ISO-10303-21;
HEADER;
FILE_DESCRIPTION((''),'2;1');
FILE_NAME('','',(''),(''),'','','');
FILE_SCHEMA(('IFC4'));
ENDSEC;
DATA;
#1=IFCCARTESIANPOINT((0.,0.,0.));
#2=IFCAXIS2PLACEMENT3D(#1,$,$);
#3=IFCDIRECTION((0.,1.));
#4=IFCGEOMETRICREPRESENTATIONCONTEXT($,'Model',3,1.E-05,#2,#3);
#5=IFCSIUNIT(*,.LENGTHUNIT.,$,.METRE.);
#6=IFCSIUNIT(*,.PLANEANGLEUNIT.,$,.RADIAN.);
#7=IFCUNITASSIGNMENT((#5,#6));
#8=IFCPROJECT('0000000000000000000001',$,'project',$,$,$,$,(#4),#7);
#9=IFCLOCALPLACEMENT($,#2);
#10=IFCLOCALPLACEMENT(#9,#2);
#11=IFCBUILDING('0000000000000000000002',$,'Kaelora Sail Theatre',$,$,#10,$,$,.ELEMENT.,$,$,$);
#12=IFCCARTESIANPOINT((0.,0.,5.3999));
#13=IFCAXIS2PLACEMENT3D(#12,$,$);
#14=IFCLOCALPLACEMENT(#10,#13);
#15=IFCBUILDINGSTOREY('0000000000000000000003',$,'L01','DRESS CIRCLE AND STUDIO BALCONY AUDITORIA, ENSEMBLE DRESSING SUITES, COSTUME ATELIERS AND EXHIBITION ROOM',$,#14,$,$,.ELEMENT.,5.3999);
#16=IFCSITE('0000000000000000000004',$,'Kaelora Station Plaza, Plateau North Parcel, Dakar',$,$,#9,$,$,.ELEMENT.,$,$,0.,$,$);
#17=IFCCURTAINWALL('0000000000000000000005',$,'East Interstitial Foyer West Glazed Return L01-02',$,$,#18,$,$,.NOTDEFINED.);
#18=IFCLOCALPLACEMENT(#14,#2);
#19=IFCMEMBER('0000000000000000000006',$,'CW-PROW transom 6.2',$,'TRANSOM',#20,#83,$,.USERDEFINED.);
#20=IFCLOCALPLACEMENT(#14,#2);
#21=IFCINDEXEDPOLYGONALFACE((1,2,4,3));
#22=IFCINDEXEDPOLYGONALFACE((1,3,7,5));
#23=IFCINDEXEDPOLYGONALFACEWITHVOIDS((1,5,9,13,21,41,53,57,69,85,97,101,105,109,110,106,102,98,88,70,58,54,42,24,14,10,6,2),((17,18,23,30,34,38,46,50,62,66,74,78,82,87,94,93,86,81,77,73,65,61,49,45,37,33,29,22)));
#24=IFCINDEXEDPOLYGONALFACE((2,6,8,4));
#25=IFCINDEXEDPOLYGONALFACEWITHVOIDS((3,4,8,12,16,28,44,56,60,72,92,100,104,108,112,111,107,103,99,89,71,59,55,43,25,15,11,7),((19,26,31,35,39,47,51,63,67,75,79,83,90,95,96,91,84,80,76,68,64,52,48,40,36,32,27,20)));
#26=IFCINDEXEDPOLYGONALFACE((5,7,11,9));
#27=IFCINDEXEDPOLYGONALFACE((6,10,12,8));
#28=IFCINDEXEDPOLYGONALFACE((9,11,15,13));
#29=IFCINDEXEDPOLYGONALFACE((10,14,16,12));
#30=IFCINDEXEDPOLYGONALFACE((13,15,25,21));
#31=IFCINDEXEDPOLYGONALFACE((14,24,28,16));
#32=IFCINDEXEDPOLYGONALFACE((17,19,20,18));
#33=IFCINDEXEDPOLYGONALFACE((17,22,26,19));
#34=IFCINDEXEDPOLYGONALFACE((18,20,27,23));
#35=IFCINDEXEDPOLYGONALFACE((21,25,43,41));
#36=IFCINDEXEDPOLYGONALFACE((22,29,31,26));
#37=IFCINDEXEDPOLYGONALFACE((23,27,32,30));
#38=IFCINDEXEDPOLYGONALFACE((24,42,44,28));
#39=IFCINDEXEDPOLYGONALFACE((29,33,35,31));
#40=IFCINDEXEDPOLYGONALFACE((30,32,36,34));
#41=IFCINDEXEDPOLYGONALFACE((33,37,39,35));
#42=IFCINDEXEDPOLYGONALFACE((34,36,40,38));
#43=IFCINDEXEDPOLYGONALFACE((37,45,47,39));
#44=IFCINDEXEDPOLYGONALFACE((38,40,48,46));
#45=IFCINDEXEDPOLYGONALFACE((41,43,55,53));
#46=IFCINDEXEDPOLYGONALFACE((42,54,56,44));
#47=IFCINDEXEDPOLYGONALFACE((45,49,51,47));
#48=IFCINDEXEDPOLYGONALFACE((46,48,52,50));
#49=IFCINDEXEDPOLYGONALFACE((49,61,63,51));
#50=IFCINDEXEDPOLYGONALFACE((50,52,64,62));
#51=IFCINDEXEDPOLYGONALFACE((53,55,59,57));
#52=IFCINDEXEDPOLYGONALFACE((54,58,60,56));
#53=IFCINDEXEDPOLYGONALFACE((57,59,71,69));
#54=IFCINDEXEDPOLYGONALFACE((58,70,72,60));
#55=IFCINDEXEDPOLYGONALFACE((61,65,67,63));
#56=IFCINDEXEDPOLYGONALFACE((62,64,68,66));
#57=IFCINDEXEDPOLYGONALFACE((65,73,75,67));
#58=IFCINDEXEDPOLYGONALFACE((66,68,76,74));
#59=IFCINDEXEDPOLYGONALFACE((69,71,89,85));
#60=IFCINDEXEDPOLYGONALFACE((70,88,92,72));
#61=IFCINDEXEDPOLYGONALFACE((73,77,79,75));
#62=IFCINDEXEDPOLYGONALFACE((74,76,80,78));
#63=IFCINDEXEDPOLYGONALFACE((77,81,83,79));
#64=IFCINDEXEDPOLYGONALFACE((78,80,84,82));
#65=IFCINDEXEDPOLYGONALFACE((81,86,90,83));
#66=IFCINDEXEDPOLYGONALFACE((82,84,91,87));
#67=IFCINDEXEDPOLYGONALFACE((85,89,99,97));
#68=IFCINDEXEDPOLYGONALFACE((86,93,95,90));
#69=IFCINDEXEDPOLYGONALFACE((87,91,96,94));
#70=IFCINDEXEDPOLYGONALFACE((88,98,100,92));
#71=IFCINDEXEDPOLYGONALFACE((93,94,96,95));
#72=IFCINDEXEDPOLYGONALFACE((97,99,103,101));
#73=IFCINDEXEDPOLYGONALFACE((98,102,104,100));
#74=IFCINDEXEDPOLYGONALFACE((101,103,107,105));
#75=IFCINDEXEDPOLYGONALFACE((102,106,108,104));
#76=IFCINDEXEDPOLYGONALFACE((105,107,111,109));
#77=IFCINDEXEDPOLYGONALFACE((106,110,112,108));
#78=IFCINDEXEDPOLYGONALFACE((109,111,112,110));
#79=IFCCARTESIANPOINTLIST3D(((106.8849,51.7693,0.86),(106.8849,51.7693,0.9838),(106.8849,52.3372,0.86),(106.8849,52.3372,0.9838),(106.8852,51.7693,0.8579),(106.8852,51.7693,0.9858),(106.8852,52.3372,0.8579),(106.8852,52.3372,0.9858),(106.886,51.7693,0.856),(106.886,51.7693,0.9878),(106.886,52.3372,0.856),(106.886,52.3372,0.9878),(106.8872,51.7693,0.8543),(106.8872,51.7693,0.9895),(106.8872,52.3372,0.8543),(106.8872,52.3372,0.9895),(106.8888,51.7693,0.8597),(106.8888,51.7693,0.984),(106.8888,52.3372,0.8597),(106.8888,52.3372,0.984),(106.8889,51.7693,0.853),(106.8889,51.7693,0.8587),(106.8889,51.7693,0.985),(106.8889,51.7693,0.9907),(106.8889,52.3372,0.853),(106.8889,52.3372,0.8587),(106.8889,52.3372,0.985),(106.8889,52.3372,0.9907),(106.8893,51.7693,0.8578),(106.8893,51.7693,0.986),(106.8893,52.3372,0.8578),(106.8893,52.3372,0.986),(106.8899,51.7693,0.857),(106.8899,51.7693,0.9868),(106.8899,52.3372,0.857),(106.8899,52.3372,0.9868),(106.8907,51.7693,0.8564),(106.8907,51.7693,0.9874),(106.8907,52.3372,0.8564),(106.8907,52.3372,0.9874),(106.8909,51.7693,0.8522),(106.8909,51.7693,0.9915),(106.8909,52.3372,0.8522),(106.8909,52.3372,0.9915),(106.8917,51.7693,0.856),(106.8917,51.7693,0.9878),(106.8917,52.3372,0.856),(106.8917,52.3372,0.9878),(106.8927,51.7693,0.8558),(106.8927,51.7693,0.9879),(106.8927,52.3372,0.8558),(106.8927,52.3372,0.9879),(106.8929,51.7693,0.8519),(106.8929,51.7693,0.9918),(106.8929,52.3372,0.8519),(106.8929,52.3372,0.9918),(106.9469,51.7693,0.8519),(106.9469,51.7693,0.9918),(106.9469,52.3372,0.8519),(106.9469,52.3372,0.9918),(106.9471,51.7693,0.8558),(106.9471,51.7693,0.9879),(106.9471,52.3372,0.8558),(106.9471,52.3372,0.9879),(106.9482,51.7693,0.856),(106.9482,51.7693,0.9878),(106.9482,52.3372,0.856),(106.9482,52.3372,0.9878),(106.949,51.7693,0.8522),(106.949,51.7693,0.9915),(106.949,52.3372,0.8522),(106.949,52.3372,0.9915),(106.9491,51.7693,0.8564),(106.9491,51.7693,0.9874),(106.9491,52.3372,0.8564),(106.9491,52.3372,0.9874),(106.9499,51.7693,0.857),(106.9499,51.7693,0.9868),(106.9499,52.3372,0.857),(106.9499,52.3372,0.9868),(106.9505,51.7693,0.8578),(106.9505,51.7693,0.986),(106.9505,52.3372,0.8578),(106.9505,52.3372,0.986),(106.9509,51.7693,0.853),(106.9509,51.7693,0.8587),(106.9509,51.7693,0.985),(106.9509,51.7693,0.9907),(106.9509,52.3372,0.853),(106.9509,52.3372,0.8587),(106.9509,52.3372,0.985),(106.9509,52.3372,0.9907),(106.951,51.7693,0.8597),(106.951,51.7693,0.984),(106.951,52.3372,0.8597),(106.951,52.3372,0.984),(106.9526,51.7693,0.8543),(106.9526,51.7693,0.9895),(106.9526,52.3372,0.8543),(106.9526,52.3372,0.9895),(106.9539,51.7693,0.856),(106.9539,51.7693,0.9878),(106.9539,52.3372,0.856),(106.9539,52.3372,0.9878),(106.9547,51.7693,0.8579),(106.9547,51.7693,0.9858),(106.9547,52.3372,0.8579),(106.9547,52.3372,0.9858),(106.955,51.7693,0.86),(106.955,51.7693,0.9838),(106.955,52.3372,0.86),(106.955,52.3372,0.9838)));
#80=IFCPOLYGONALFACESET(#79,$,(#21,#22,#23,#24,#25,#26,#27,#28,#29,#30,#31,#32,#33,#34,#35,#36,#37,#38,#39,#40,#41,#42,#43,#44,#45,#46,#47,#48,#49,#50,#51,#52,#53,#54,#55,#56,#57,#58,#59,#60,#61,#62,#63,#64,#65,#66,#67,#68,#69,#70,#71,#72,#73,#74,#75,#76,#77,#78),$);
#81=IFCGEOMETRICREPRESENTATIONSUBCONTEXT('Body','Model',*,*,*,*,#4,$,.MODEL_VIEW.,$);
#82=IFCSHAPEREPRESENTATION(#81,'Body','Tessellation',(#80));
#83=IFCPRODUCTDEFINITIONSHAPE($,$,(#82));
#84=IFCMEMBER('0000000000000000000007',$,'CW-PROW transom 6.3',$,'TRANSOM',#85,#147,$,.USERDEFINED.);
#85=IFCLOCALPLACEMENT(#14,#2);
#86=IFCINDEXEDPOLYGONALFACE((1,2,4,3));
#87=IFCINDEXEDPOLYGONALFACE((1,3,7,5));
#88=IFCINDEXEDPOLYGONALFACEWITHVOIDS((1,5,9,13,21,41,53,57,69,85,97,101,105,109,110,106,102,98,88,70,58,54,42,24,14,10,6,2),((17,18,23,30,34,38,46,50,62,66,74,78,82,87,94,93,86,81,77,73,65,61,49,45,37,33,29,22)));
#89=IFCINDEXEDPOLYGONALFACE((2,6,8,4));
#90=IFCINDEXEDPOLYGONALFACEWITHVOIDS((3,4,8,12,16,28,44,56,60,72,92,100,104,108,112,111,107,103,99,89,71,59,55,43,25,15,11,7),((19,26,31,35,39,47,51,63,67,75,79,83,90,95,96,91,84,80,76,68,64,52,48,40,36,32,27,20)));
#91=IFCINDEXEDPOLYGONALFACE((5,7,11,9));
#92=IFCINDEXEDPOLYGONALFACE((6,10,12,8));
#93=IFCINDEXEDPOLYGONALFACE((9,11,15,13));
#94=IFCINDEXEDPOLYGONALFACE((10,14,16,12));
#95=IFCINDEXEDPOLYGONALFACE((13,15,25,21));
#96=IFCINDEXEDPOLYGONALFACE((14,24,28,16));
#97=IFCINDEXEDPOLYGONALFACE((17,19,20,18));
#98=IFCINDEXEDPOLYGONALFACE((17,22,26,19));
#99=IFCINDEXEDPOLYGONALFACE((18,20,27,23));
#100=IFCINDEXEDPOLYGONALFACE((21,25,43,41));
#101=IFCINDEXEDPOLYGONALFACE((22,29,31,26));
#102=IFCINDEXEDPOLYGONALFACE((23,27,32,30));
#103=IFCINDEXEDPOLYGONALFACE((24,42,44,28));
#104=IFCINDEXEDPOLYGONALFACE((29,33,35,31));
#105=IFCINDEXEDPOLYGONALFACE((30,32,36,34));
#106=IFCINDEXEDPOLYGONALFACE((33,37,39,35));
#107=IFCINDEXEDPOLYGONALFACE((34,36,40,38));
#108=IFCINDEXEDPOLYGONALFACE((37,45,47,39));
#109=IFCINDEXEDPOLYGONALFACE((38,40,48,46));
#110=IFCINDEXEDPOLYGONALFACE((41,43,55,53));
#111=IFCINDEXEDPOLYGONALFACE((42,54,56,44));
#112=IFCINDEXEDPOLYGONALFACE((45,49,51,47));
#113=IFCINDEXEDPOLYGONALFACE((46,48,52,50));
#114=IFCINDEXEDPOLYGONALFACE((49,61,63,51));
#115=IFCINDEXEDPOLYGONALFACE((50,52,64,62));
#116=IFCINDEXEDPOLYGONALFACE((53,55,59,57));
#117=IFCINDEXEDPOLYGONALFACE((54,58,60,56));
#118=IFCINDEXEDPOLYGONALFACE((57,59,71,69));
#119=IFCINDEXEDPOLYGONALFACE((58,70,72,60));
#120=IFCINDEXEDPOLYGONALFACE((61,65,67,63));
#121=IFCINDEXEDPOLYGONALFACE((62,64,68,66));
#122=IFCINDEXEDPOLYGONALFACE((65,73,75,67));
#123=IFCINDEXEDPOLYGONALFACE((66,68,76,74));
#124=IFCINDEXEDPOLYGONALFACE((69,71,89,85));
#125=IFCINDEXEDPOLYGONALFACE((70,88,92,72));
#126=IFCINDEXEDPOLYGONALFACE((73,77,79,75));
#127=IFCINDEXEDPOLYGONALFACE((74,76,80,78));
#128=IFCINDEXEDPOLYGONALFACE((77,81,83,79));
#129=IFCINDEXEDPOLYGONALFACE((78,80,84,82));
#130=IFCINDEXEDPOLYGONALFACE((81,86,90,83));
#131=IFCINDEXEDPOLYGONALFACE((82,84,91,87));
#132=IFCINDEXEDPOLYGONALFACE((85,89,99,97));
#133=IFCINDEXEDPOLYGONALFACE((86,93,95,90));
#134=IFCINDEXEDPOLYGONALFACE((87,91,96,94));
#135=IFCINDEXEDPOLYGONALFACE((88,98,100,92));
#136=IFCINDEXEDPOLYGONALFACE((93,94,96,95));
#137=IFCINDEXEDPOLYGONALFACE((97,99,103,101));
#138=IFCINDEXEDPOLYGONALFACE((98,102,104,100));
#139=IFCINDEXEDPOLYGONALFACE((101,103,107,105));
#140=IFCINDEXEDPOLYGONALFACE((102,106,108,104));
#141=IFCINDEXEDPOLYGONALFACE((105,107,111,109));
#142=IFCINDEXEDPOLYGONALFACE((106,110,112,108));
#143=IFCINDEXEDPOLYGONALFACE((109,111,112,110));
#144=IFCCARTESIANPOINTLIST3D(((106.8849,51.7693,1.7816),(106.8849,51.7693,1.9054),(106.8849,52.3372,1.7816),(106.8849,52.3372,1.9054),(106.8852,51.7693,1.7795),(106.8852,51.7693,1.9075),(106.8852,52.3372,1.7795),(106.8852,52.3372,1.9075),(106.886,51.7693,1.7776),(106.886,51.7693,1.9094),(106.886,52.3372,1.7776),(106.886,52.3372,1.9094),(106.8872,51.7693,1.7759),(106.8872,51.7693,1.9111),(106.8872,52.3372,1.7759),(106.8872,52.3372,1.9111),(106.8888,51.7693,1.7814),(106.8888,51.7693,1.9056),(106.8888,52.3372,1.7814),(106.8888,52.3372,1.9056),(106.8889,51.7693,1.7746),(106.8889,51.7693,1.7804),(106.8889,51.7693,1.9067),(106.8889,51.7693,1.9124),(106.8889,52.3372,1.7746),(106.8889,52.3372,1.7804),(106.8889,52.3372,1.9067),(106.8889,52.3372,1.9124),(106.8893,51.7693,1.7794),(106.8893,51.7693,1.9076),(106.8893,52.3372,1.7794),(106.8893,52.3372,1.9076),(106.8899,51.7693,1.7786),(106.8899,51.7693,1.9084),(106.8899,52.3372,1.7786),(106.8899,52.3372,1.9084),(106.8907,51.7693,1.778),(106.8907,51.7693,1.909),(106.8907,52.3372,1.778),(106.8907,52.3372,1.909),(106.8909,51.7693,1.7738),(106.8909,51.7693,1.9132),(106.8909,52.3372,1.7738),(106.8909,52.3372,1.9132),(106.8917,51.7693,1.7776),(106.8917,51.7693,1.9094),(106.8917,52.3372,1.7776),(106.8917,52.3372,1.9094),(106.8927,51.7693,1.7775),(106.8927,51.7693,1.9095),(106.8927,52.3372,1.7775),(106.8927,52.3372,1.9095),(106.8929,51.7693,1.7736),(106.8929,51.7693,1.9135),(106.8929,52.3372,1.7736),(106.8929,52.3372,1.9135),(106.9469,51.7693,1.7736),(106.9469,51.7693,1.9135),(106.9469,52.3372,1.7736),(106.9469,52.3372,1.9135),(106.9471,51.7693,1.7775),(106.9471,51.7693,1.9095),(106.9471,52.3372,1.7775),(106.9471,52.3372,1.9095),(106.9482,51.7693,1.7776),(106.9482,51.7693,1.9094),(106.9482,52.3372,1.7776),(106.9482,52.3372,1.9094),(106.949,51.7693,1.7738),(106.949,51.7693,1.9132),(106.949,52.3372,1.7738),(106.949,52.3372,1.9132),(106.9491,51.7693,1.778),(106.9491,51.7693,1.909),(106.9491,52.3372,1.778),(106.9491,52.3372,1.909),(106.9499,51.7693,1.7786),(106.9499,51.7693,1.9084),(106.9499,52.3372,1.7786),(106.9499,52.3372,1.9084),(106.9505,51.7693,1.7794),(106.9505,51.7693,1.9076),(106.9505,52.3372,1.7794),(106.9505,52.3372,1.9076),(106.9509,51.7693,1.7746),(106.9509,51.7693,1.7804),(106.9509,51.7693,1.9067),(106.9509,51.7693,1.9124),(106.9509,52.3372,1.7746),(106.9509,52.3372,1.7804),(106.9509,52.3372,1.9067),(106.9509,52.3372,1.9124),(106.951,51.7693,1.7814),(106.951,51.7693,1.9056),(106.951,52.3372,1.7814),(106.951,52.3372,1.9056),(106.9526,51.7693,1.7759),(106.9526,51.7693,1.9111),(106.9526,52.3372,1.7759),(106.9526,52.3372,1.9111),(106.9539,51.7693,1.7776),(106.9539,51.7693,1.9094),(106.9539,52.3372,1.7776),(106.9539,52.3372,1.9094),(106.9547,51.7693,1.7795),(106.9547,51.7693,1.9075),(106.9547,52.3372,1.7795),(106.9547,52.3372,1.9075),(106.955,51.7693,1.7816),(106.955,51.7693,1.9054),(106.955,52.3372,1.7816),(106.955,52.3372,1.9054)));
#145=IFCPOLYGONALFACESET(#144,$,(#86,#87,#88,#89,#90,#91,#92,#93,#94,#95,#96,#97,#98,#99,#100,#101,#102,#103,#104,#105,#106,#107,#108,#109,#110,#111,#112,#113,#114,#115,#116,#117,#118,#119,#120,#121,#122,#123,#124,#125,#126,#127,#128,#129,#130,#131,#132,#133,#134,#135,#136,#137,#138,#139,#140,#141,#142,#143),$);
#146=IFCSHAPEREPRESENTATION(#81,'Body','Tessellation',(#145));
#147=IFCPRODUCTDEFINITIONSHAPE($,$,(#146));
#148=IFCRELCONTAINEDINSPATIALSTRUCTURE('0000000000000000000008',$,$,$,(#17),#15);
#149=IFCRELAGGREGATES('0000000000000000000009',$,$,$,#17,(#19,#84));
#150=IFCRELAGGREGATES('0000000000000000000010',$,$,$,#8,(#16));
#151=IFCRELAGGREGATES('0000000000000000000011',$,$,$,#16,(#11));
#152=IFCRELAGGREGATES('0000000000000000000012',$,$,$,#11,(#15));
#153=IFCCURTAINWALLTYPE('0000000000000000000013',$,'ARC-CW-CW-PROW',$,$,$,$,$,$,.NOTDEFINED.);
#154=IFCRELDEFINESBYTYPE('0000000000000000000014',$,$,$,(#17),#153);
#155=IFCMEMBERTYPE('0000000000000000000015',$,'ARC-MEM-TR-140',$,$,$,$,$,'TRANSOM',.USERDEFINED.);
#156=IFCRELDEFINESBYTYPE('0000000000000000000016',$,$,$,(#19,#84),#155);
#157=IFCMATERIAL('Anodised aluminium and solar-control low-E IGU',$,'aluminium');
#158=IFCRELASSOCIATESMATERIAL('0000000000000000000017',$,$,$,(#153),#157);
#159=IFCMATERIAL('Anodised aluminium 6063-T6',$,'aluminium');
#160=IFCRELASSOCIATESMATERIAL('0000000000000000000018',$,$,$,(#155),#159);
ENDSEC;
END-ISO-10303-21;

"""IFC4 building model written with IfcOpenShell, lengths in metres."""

from ifc_helpers import new_model, si_unit, direction, frame, origin, origin_2d, place, context, subcontext, project, spatial, hollow_rectangle, extrude, material, material_profile, profile_set, type_object, element, aggregate, save


model = new_model("IFC4")

# Units and contexts
model_context = context("Model", 3, precision=1e-05, world=origin(), true_north=direction((0.0, 1.0)))
body_context = subcontext(model_context, "Body", "Model", "MODEL_VIEW")
ifc_project = project(units=[si_unit("LENGTHUNIT", "METRE"), si_unit("PLANEANGLEUNIT", "RADIAN")], contexts=[model_context])

# Site, building, storey
site_placement = place(None, origin())
site = spatial("IfcSite", under=ifc_project, at=site_placement, Name="Kaelora Station Plaza, Plateau North Parcel, Dakar", CompositionType="ELEMENT", RefElevation=0.0)
building_placement = place(site_placement, origin())
building = spatial("IfcBuilding", under=site, at=building_placement, Name="Kaelora Sail Theatre", CompositionType="ELEMENT")
storey_placement = place(building_placement, frame((0.0, 0.0, 5.3999)))
storey = spatial("IfcBuildingStorey", under=building, at=storey_placement, Name="L01", Description="DRESS CIRCLE AND STUDIO BALCONY AUDITORIA, ENSEMBLE DRESSING SUITES, COSTUME ATELIERS AND EXHIBITION ROOM", CompositionType="ELEMENT", Elevation=5.3999)

# Curtain wall, members
ifc_material_1 = material(Name="Anodised aluminium and solar-control low-E IGU", Category="aluminium")
curtain_wall_type = type_object("IfcCurtainWallType", Name="ARC-CW-CW-PROW", PredefinedType="NOTDEFINED", material=ifc_material_1)
curtain_wall_placement = place(storey_placement, origin())
curtain_wall = element("IfcCurtainWall", 1, at=curtain_wall_placement, inside=storey, type_object=curtain_wall_type, Name="East Interstitial Foyer West Glazed Return L01-02", PredefinedType="NOTDEFINED")
ifc_material_2 = material(Name="Anodised aluminium 6063-T6", Category="aluminium")
ifc_material_profile_1 = material_profile(ifc_material_2, hollow_rectangle(XDim=0.0701, YDim=0.1399, WallThickness=0.0039, InnerFilletRadius=0.0039, OuterFilletRadius=0.0081, at=origin_2d()), Name="ALU-TRAN 70x140x4")
ifc_profile_set_1 = profile_set([ifc_material_profile_1], Name="Anodised aluminium 6063-T6")
member_type_1 = type_object("IfcMemberType", Name="ARC-MEM-TR-140", ElementType="TRANSOM", PredefinedType="USERDEFINED", material=ifc_profile_set_1)
member_1_placement = place(storey_placement, frame((106.9199, 51.7693, 0.9219), z_axis=(0.0, 1.0, 0.0), x_axis=(-1.0, 0.0, 0.0)))
member_1 = element("IfcMember", 2, at=member_1_placement, type_object=member_type_1, Name="CW-PROW transom 6.2", ObjectType="TRANSOM", PredefinedType="USERDEFINED", context=body_context, shape_type="SweptSolid", body=[
    extrude(hollow_rectangle(XDim=0.0701, YDim=0.1399, WallThickness=0.0039, InnerFilletRadius=0.0039, OuterFilletRadius=0.0081, at=origin_2d()), origin(), (0.0, 0.0, 1.0), 0.5679),
])
member_2_placement = place(storey_placement, frame((106.9199, 51.7693, 1.8435), z_axis=(0.0, 1.0, 0.0), x_axis=(-1.0, 0.0, 0.0)))
member_2 = element("IfcMember", 3, at=member_2_placement, type_object=member_type_1, Name="CW-PROW transom 6.3", ObjectType="TRANSOM", PredefinedType="USERDEFINED", context=body_context, shape_type="SweptSolid", body=[
    extrude(hollow_rectangle(XDim=0.0701, YDim=0.1399, WallThickness=0.0039, InnerFilletRadius=0.0039, OuterFilletRadius=0.0081, at=origin_2d()), origin(), (0.0, 0.0, 1.0), 0.5679),
])

aggregate(curtain_wall, [member_1, member_2])

save(model, "model.ifc")
